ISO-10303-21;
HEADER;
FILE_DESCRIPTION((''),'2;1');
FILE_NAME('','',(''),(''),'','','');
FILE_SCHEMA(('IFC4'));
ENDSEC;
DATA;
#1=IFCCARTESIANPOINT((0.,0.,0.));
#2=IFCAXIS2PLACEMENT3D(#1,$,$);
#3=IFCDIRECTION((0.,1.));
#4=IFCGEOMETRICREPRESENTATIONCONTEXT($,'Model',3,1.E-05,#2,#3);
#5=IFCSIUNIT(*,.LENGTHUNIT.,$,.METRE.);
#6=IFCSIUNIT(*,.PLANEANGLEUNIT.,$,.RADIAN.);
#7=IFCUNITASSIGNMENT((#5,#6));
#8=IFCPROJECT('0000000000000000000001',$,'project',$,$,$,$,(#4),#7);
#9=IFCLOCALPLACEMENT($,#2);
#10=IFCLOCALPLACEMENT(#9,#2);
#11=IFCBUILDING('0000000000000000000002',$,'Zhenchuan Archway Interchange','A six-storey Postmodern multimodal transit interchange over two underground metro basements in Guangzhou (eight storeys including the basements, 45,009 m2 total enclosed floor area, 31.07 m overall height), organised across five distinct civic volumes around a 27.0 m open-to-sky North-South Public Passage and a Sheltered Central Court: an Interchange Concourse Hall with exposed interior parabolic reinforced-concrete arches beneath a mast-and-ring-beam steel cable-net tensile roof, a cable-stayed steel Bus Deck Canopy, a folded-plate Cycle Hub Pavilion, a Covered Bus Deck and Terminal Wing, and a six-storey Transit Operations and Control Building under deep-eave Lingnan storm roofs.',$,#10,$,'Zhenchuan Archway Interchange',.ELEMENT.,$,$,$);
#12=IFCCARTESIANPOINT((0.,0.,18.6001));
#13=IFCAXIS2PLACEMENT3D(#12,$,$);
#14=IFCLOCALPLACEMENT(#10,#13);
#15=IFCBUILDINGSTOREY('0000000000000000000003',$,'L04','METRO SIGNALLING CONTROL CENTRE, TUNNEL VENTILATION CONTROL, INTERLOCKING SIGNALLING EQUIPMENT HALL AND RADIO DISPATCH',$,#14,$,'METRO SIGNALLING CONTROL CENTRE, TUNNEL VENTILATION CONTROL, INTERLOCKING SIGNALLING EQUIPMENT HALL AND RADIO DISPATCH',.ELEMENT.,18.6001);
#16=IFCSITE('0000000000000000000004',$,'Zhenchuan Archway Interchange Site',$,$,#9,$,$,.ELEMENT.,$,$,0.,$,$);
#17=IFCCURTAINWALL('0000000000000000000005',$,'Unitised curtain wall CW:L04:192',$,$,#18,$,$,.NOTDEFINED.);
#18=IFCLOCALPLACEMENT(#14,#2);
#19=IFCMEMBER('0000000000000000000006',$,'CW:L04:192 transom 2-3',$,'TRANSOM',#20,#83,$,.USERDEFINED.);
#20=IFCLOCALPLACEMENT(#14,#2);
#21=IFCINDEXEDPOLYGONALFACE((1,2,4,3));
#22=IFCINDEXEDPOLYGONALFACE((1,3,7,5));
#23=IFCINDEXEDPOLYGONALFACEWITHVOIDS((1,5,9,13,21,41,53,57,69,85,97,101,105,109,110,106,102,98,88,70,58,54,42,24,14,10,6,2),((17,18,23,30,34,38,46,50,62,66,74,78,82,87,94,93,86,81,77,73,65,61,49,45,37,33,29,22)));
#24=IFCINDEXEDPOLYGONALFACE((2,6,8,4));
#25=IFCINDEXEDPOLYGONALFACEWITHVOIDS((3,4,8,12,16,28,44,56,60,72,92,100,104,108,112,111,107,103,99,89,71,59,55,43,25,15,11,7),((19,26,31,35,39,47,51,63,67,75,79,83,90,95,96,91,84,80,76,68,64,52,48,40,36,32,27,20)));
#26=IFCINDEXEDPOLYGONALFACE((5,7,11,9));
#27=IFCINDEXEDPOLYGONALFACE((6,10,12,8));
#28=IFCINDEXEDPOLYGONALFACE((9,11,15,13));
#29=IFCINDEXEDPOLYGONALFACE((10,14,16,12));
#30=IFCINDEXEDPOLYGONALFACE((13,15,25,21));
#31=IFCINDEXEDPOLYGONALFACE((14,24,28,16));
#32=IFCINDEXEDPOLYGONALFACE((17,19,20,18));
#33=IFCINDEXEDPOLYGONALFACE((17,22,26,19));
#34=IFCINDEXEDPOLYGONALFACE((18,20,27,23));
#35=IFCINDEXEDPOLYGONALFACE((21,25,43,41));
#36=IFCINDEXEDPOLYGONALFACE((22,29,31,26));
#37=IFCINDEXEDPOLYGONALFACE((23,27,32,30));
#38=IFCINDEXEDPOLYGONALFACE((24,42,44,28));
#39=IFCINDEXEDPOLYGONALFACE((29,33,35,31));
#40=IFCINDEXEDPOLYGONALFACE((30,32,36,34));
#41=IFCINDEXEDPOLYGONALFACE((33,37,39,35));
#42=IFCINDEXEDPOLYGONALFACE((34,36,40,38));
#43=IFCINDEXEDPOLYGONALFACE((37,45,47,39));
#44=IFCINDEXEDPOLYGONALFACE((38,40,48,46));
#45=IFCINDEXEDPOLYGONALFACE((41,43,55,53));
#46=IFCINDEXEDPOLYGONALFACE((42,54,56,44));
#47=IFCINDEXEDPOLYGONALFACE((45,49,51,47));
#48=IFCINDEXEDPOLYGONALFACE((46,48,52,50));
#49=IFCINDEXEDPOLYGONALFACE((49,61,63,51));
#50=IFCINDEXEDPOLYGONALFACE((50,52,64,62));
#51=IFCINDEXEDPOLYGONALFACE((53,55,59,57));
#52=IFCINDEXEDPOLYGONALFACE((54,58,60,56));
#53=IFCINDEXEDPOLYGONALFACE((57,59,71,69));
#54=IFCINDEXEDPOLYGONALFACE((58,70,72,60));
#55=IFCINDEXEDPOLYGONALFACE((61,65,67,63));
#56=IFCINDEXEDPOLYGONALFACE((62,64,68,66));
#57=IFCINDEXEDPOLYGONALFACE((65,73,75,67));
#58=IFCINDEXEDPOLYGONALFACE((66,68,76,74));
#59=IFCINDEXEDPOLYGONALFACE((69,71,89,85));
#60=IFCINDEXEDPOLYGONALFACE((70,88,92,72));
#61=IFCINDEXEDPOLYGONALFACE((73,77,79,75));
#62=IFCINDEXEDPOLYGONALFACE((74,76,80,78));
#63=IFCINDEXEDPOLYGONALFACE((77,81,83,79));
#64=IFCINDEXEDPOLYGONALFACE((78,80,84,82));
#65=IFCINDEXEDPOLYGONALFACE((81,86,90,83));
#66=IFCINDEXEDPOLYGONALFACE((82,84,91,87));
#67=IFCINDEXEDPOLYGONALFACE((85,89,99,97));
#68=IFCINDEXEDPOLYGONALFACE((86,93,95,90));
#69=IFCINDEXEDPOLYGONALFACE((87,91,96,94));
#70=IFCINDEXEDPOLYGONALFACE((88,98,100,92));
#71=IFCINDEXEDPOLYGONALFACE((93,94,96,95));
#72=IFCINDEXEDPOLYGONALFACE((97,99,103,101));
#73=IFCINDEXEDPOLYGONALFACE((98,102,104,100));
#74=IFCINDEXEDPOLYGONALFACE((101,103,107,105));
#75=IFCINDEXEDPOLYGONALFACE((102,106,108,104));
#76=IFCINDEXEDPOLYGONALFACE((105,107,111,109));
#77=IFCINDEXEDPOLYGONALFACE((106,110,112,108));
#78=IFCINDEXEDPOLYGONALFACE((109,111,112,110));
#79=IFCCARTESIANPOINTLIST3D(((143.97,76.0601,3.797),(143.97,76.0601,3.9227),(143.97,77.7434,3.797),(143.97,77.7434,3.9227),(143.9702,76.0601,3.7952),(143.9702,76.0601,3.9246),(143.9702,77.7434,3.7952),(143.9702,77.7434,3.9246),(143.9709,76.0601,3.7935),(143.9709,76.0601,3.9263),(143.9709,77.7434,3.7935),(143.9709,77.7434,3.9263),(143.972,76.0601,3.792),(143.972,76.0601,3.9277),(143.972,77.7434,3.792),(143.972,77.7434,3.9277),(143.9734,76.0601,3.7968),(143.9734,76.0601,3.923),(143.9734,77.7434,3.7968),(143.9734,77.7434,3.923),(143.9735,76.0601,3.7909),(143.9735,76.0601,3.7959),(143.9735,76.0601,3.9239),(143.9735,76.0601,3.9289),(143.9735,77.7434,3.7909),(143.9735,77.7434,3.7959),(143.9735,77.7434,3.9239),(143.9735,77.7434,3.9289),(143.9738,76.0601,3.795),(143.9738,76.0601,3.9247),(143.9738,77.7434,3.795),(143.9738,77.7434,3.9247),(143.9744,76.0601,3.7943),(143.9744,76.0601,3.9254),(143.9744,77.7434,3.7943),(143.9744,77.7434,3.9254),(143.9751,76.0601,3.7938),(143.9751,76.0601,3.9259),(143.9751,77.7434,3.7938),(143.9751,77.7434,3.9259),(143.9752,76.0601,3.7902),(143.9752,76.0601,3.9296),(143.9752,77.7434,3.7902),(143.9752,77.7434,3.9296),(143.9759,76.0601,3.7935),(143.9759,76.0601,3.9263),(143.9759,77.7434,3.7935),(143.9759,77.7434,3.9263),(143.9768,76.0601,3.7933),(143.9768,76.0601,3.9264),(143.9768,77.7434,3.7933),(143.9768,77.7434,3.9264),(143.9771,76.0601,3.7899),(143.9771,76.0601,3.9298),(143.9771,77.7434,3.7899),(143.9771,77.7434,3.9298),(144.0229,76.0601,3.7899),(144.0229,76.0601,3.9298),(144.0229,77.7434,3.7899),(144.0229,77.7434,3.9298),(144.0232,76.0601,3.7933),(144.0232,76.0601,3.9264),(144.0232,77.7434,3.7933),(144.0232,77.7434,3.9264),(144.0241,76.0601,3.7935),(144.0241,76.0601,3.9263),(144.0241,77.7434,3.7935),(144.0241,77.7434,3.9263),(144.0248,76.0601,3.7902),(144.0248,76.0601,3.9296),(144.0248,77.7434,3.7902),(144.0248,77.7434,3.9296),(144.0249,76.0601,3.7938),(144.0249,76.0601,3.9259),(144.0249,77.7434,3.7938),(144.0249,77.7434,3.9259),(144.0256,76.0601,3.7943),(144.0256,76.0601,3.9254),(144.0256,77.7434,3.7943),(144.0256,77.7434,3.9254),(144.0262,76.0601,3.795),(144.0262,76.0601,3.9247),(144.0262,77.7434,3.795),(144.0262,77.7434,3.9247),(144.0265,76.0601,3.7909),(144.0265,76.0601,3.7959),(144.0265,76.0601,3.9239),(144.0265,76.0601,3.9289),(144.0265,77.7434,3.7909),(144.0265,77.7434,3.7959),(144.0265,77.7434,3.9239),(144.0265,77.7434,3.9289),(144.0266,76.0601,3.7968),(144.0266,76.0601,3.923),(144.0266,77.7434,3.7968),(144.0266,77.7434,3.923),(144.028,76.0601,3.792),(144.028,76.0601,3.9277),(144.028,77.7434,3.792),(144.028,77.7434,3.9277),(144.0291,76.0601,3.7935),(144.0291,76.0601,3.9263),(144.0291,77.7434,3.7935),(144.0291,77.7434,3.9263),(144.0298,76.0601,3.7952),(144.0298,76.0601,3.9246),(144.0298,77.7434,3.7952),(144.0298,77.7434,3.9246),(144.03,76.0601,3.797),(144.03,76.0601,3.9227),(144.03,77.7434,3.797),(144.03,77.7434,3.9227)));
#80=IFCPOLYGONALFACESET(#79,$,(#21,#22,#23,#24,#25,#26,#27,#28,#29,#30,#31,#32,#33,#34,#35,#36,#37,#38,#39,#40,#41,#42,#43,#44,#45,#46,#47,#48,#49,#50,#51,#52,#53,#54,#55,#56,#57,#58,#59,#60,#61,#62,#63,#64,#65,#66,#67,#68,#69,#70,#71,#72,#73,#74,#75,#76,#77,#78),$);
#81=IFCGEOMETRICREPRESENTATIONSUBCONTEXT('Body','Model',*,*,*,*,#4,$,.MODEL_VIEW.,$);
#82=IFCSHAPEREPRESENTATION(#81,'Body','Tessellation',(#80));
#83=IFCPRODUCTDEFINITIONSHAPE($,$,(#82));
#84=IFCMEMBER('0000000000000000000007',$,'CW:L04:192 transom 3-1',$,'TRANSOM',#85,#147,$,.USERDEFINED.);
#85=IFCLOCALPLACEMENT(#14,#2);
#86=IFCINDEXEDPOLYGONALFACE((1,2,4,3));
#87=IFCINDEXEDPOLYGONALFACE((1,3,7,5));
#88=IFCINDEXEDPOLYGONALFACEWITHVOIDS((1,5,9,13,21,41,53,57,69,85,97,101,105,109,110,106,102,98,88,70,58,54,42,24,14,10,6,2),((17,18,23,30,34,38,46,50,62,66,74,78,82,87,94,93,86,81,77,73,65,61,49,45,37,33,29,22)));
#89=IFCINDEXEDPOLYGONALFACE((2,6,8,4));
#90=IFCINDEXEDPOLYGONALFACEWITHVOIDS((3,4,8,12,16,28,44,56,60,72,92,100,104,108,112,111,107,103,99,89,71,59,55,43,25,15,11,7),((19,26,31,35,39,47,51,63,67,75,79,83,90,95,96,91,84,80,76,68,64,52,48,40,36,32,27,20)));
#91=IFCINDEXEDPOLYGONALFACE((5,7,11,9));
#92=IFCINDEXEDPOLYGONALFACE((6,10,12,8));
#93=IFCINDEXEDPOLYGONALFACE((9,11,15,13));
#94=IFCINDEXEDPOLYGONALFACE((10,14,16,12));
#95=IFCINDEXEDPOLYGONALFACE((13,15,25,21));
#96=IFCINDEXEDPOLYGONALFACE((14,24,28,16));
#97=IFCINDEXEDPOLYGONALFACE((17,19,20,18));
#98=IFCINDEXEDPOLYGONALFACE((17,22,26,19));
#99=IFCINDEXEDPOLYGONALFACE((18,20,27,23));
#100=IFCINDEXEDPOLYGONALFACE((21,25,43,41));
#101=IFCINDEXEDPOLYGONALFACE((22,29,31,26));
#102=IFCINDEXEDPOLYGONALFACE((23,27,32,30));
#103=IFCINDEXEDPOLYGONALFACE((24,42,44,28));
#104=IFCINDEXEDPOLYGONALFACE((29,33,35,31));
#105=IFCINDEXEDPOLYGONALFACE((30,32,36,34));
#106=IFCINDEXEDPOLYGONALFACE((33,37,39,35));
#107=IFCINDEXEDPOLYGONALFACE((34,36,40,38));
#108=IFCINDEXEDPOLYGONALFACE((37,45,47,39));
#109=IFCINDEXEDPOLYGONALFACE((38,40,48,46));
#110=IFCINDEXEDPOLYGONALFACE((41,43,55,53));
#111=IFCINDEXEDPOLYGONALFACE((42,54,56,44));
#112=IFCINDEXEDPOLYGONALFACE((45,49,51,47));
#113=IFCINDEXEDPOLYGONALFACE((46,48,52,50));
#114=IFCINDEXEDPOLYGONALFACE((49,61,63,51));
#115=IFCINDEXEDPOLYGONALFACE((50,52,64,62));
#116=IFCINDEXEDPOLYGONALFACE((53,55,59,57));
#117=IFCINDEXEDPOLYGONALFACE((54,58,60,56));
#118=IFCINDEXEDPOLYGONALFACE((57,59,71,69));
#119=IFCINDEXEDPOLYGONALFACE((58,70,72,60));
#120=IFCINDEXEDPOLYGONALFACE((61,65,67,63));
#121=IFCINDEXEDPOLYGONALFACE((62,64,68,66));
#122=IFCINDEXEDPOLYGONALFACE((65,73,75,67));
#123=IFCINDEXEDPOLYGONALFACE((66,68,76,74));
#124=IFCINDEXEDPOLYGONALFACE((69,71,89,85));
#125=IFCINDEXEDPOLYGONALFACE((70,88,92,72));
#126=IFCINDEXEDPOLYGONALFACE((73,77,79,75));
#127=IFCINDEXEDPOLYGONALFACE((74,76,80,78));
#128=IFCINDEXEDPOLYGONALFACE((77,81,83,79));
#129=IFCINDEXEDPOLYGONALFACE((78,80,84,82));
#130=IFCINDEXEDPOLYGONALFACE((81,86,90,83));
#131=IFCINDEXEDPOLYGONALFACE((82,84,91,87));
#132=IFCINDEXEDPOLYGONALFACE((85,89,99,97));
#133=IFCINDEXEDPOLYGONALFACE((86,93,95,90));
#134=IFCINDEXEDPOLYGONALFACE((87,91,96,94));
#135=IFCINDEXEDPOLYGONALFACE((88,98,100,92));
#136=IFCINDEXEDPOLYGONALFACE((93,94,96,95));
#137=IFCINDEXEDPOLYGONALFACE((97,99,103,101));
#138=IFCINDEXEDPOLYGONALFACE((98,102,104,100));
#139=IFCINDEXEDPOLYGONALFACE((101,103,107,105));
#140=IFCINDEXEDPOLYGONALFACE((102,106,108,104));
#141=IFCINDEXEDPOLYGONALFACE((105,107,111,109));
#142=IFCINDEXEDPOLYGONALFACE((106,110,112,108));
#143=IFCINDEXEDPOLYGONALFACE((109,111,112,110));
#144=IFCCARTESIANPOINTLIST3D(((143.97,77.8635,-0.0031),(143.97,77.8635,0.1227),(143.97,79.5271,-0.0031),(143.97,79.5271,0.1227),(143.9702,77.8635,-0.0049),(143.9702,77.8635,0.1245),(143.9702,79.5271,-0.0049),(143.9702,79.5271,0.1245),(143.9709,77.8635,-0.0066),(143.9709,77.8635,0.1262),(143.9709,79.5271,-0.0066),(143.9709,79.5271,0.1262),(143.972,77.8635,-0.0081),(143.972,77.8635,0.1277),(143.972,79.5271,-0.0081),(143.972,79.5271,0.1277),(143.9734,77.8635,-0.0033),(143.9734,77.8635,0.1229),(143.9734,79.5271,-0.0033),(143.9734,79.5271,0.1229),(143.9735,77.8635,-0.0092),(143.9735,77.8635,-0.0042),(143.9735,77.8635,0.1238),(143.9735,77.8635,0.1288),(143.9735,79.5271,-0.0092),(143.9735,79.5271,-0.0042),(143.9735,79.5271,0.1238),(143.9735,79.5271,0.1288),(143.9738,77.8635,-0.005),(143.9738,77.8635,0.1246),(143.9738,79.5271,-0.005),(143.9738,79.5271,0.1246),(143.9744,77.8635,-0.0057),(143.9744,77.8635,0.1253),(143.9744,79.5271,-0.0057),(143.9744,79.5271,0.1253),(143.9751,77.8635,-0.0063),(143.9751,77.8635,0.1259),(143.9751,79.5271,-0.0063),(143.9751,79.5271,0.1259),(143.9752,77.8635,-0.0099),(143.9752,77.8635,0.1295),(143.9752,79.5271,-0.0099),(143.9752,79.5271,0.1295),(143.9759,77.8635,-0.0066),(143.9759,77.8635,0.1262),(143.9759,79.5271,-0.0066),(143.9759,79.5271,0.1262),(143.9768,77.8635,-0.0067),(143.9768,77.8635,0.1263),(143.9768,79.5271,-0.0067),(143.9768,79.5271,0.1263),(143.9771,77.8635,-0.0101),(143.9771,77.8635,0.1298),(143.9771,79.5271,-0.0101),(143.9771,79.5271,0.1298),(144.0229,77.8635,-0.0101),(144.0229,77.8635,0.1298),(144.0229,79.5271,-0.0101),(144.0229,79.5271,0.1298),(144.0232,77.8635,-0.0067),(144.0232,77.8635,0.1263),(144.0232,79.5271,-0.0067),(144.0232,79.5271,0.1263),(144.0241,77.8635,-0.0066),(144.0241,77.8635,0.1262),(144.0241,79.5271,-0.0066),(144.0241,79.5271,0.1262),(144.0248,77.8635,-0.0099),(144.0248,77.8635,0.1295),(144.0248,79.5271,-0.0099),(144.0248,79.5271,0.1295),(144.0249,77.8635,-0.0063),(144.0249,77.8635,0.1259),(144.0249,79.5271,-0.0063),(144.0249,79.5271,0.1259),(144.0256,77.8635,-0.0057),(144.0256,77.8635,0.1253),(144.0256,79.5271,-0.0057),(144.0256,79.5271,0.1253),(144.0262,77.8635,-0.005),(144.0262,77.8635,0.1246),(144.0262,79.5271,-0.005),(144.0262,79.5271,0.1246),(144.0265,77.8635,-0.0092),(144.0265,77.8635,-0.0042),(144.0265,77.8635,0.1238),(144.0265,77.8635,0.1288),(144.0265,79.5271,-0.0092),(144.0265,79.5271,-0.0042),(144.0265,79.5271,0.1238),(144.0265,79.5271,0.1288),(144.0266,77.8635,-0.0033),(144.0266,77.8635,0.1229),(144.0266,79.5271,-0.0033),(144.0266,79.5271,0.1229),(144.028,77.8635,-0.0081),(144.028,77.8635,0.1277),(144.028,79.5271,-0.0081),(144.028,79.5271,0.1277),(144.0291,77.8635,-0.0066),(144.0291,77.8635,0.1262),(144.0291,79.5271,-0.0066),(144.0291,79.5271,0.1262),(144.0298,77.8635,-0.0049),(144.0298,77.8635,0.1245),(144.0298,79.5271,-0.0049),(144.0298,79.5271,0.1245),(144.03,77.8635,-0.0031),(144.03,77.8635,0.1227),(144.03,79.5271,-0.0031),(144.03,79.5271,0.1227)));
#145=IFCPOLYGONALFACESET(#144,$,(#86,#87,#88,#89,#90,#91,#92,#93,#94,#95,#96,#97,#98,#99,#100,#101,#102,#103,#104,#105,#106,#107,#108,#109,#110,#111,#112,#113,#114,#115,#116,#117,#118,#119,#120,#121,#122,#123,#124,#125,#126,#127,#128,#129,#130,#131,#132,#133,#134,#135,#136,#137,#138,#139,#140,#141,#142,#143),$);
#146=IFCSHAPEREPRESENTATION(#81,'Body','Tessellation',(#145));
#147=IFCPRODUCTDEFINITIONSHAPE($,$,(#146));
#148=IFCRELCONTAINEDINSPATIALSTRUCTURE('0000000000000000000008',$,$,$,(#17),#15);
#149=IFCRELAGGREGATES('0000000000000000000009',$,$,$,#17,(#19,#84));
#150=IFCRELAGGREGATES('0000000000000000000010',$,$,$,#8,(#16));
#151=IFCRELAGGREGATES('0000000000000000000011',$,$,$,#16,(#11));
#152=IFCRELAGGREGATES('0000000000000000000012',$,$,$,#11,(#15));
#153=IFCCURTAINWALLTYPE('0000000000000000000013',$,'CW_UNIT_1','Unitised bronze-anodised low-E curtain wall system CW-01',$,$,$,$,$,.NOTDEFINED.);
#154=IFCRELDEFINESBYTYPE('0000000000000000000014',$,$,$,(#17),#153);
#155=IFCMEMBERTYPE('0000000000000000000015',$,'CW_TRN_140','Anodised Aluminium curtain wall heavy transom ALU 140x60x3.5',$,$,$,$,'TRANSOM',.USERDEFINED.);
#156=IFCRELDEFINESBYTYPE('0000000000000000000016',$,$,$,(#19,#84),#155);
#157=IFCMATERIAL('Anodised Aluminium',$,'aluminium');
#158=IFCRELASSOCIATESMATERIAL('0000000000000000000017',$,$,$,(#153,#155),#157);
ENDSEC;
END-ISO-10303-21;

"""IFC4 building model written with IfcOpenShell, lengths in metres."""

from ifc_helpers import new_model, si_unit, direction, frame, origin, origin_2d, place, context, subcontext, project, spatial, hollow_rectangle, extrude, material, material_profile, profile_set, type_object, element, aggregate, save


model = new_model("IFC4")

# Units and contexts
model_context = context("Model", 3, precision=1e-05, world=origin(), true_north=direction((0.0, 1.0)))
body_context = subcontext(model_context, "Body", "Model", "MODEL_VIEW")
ifc_project = project(units=[si_unit("LENGTHUNIT", "METRE"), si_unit("PLANEANGLEUNIT", "RADIAN")], contexts=[model_context])

# Site, building, storey
site_placement = place(None, origin())
site = spatial("IfcSite", under=ifc_project, at=site_placement, Name="Zhenchuan Archway Interchange Site", CompositionType="ELEMENT", RefElevation=0.0)
building_placement = place(site_placement, origin())
building = spatial("IfcBuilding", under=site, at=building_placement, Name="Zhenchuan Archway Interchange", Description="A six-storey Postmodern multimodal transit interchange over two underground metro basements in Guangzhou (eight storeys including the basements, 45,009 m2 total enclosed floor area, 31.07 m overall height), organised across five distinct civic volumes around a 27.0 m open-to-sky North-South Public Passage and a Sheltered Central Court: an Interchange Concourse Hall with exposed interior parabolic reinforced-concrete arches beneath a mast-and-ring-beam steel cable-net tensile roof, a cable-stayed steel Bus Deck Canopy, a folded-plate Cycle Hub Pavilion, a Covered Bus Deck and Terminal Wing, and a six-storey Transit Operations and Control Building under deep-eave Lingnan storm roofs.", LongName="Zhenchuan Archway Interchange", CompositionType="ELEMENT")
storey_placement = place(building_placement, frame((0.0, 0.0, 18.6001)))
storey = spatial("IfcBuildingStorey", under=building, at=storey_placement, Name="L04", Description="METRO SIGNALLING CONTROL CENTRE, TUNNEL VENTILATION CONTROL, INTERLOCKING SIGNALLING EQUIPMENT HALL AND RADIO DISPATCH", LongName="METRO SIGNALLING CONTROL CENTRE, TUNNEL VENTILATION CONTROL, INTERLOCKING SIGNALLING EQUIPMENT HALL AND RADIO DISPATCH", CompositionType="ELEMENT", Elevation=18.6001)

# Curtain wall, members
ifc_material_1 = material(Name="Anodised Aluminium", Category="aluminium")
curtain_wall_type = type_object("IfcCurtainWallType", Name="CW_UNIT_1", Description="Unitised bronze-anodised low-E curtain wall system CW-01", PredefinedType="NOTDEFINED", material=ifc_material_1)
curtain_wall_placement = place(storey_placement, origin())
curtain_wall = element("IfcCurtainWall", 1, at=curtain_wall_placement, inside=storey, type_object=curtain_wall_type, Name="Unitised curtain wall CW:L04:192", PredefinedType="NOTDEFINED")
ifc_material_profile_1 = material_profile(ifc_material_1, hollow_rectangle(XDim=0.0601, YDim=0.1399, WallThickness=0.0034, InnerFilletRadius=0.0034, OuterFilletRadius=0.0071, at=origin_2d()), Name="ALU 140x60x3.5")
ifc_profile_set_1 = profile_set([ifc_material_profile_1], Name="Anodised Aluminium")
member_type_1 = type_object("IfcMemberType", Name="CW_TRN_140", Description="Anodised Aluminium curtain wall heavy transom ALU 140x60x3.5", ElementType="TRANSOM", PredefinedType="USERDEFINED", material=ifc_profile_set_1)
member_1_placement = place(storey_placement, frame((144.0, 76.0601, 3.8599), z_axis=(0.0, 1.0, 0.0), x_axis=(-1.0, 0.0, 0.0)))
member_1 = element("IfcMember", 2, at=member_1_placement, type_object=member_type_1, Name="CW:L04:192 transom 2-3", ObjectType="TRANSOM", PredefinedType="USERDEFINED", context=body_context, shape_type="SweptSolid", body=[
    extrude(hollow_rectangle(XDim=0.0601, YDim=0.1399, WallThickness=0.0034, InnerFilletRadius=0.0034, OuterFilletRadius=0.0071, at=origin_2d()), origin(), (0.0, 0.0, 1.0), 1.6833),
])
member_2_placement = place(storey_placement, frame((144.0, 77.8635, 0.0598), z_axis=(0.0, 1.0, 0.0), x_axis=(-1.0, 0.0, 0.0)))
member_2 = element("IfcMember", 3, at=member_2_placement, type_object=member_type_1, Name="CW:L04:192 transom 3-1", ObjectType="TRANSOM", PredefinedType="USERDEFINED", context=body_context, shape_type="SweptSolid", body=[
    extrude(hollow_rectangle(XDim=0.0601, YDim=0.1399, WallThickness=0.0034, InnerFilletRadius=0.0034, OuterFilletRadius=0.0071, at=origin_2d()), origin(), (0.0, 0.0, 1.0), 1.6636),
])

aggregate(curtain_wall, [member_1, member_2])

save(model, "model.ifc")
